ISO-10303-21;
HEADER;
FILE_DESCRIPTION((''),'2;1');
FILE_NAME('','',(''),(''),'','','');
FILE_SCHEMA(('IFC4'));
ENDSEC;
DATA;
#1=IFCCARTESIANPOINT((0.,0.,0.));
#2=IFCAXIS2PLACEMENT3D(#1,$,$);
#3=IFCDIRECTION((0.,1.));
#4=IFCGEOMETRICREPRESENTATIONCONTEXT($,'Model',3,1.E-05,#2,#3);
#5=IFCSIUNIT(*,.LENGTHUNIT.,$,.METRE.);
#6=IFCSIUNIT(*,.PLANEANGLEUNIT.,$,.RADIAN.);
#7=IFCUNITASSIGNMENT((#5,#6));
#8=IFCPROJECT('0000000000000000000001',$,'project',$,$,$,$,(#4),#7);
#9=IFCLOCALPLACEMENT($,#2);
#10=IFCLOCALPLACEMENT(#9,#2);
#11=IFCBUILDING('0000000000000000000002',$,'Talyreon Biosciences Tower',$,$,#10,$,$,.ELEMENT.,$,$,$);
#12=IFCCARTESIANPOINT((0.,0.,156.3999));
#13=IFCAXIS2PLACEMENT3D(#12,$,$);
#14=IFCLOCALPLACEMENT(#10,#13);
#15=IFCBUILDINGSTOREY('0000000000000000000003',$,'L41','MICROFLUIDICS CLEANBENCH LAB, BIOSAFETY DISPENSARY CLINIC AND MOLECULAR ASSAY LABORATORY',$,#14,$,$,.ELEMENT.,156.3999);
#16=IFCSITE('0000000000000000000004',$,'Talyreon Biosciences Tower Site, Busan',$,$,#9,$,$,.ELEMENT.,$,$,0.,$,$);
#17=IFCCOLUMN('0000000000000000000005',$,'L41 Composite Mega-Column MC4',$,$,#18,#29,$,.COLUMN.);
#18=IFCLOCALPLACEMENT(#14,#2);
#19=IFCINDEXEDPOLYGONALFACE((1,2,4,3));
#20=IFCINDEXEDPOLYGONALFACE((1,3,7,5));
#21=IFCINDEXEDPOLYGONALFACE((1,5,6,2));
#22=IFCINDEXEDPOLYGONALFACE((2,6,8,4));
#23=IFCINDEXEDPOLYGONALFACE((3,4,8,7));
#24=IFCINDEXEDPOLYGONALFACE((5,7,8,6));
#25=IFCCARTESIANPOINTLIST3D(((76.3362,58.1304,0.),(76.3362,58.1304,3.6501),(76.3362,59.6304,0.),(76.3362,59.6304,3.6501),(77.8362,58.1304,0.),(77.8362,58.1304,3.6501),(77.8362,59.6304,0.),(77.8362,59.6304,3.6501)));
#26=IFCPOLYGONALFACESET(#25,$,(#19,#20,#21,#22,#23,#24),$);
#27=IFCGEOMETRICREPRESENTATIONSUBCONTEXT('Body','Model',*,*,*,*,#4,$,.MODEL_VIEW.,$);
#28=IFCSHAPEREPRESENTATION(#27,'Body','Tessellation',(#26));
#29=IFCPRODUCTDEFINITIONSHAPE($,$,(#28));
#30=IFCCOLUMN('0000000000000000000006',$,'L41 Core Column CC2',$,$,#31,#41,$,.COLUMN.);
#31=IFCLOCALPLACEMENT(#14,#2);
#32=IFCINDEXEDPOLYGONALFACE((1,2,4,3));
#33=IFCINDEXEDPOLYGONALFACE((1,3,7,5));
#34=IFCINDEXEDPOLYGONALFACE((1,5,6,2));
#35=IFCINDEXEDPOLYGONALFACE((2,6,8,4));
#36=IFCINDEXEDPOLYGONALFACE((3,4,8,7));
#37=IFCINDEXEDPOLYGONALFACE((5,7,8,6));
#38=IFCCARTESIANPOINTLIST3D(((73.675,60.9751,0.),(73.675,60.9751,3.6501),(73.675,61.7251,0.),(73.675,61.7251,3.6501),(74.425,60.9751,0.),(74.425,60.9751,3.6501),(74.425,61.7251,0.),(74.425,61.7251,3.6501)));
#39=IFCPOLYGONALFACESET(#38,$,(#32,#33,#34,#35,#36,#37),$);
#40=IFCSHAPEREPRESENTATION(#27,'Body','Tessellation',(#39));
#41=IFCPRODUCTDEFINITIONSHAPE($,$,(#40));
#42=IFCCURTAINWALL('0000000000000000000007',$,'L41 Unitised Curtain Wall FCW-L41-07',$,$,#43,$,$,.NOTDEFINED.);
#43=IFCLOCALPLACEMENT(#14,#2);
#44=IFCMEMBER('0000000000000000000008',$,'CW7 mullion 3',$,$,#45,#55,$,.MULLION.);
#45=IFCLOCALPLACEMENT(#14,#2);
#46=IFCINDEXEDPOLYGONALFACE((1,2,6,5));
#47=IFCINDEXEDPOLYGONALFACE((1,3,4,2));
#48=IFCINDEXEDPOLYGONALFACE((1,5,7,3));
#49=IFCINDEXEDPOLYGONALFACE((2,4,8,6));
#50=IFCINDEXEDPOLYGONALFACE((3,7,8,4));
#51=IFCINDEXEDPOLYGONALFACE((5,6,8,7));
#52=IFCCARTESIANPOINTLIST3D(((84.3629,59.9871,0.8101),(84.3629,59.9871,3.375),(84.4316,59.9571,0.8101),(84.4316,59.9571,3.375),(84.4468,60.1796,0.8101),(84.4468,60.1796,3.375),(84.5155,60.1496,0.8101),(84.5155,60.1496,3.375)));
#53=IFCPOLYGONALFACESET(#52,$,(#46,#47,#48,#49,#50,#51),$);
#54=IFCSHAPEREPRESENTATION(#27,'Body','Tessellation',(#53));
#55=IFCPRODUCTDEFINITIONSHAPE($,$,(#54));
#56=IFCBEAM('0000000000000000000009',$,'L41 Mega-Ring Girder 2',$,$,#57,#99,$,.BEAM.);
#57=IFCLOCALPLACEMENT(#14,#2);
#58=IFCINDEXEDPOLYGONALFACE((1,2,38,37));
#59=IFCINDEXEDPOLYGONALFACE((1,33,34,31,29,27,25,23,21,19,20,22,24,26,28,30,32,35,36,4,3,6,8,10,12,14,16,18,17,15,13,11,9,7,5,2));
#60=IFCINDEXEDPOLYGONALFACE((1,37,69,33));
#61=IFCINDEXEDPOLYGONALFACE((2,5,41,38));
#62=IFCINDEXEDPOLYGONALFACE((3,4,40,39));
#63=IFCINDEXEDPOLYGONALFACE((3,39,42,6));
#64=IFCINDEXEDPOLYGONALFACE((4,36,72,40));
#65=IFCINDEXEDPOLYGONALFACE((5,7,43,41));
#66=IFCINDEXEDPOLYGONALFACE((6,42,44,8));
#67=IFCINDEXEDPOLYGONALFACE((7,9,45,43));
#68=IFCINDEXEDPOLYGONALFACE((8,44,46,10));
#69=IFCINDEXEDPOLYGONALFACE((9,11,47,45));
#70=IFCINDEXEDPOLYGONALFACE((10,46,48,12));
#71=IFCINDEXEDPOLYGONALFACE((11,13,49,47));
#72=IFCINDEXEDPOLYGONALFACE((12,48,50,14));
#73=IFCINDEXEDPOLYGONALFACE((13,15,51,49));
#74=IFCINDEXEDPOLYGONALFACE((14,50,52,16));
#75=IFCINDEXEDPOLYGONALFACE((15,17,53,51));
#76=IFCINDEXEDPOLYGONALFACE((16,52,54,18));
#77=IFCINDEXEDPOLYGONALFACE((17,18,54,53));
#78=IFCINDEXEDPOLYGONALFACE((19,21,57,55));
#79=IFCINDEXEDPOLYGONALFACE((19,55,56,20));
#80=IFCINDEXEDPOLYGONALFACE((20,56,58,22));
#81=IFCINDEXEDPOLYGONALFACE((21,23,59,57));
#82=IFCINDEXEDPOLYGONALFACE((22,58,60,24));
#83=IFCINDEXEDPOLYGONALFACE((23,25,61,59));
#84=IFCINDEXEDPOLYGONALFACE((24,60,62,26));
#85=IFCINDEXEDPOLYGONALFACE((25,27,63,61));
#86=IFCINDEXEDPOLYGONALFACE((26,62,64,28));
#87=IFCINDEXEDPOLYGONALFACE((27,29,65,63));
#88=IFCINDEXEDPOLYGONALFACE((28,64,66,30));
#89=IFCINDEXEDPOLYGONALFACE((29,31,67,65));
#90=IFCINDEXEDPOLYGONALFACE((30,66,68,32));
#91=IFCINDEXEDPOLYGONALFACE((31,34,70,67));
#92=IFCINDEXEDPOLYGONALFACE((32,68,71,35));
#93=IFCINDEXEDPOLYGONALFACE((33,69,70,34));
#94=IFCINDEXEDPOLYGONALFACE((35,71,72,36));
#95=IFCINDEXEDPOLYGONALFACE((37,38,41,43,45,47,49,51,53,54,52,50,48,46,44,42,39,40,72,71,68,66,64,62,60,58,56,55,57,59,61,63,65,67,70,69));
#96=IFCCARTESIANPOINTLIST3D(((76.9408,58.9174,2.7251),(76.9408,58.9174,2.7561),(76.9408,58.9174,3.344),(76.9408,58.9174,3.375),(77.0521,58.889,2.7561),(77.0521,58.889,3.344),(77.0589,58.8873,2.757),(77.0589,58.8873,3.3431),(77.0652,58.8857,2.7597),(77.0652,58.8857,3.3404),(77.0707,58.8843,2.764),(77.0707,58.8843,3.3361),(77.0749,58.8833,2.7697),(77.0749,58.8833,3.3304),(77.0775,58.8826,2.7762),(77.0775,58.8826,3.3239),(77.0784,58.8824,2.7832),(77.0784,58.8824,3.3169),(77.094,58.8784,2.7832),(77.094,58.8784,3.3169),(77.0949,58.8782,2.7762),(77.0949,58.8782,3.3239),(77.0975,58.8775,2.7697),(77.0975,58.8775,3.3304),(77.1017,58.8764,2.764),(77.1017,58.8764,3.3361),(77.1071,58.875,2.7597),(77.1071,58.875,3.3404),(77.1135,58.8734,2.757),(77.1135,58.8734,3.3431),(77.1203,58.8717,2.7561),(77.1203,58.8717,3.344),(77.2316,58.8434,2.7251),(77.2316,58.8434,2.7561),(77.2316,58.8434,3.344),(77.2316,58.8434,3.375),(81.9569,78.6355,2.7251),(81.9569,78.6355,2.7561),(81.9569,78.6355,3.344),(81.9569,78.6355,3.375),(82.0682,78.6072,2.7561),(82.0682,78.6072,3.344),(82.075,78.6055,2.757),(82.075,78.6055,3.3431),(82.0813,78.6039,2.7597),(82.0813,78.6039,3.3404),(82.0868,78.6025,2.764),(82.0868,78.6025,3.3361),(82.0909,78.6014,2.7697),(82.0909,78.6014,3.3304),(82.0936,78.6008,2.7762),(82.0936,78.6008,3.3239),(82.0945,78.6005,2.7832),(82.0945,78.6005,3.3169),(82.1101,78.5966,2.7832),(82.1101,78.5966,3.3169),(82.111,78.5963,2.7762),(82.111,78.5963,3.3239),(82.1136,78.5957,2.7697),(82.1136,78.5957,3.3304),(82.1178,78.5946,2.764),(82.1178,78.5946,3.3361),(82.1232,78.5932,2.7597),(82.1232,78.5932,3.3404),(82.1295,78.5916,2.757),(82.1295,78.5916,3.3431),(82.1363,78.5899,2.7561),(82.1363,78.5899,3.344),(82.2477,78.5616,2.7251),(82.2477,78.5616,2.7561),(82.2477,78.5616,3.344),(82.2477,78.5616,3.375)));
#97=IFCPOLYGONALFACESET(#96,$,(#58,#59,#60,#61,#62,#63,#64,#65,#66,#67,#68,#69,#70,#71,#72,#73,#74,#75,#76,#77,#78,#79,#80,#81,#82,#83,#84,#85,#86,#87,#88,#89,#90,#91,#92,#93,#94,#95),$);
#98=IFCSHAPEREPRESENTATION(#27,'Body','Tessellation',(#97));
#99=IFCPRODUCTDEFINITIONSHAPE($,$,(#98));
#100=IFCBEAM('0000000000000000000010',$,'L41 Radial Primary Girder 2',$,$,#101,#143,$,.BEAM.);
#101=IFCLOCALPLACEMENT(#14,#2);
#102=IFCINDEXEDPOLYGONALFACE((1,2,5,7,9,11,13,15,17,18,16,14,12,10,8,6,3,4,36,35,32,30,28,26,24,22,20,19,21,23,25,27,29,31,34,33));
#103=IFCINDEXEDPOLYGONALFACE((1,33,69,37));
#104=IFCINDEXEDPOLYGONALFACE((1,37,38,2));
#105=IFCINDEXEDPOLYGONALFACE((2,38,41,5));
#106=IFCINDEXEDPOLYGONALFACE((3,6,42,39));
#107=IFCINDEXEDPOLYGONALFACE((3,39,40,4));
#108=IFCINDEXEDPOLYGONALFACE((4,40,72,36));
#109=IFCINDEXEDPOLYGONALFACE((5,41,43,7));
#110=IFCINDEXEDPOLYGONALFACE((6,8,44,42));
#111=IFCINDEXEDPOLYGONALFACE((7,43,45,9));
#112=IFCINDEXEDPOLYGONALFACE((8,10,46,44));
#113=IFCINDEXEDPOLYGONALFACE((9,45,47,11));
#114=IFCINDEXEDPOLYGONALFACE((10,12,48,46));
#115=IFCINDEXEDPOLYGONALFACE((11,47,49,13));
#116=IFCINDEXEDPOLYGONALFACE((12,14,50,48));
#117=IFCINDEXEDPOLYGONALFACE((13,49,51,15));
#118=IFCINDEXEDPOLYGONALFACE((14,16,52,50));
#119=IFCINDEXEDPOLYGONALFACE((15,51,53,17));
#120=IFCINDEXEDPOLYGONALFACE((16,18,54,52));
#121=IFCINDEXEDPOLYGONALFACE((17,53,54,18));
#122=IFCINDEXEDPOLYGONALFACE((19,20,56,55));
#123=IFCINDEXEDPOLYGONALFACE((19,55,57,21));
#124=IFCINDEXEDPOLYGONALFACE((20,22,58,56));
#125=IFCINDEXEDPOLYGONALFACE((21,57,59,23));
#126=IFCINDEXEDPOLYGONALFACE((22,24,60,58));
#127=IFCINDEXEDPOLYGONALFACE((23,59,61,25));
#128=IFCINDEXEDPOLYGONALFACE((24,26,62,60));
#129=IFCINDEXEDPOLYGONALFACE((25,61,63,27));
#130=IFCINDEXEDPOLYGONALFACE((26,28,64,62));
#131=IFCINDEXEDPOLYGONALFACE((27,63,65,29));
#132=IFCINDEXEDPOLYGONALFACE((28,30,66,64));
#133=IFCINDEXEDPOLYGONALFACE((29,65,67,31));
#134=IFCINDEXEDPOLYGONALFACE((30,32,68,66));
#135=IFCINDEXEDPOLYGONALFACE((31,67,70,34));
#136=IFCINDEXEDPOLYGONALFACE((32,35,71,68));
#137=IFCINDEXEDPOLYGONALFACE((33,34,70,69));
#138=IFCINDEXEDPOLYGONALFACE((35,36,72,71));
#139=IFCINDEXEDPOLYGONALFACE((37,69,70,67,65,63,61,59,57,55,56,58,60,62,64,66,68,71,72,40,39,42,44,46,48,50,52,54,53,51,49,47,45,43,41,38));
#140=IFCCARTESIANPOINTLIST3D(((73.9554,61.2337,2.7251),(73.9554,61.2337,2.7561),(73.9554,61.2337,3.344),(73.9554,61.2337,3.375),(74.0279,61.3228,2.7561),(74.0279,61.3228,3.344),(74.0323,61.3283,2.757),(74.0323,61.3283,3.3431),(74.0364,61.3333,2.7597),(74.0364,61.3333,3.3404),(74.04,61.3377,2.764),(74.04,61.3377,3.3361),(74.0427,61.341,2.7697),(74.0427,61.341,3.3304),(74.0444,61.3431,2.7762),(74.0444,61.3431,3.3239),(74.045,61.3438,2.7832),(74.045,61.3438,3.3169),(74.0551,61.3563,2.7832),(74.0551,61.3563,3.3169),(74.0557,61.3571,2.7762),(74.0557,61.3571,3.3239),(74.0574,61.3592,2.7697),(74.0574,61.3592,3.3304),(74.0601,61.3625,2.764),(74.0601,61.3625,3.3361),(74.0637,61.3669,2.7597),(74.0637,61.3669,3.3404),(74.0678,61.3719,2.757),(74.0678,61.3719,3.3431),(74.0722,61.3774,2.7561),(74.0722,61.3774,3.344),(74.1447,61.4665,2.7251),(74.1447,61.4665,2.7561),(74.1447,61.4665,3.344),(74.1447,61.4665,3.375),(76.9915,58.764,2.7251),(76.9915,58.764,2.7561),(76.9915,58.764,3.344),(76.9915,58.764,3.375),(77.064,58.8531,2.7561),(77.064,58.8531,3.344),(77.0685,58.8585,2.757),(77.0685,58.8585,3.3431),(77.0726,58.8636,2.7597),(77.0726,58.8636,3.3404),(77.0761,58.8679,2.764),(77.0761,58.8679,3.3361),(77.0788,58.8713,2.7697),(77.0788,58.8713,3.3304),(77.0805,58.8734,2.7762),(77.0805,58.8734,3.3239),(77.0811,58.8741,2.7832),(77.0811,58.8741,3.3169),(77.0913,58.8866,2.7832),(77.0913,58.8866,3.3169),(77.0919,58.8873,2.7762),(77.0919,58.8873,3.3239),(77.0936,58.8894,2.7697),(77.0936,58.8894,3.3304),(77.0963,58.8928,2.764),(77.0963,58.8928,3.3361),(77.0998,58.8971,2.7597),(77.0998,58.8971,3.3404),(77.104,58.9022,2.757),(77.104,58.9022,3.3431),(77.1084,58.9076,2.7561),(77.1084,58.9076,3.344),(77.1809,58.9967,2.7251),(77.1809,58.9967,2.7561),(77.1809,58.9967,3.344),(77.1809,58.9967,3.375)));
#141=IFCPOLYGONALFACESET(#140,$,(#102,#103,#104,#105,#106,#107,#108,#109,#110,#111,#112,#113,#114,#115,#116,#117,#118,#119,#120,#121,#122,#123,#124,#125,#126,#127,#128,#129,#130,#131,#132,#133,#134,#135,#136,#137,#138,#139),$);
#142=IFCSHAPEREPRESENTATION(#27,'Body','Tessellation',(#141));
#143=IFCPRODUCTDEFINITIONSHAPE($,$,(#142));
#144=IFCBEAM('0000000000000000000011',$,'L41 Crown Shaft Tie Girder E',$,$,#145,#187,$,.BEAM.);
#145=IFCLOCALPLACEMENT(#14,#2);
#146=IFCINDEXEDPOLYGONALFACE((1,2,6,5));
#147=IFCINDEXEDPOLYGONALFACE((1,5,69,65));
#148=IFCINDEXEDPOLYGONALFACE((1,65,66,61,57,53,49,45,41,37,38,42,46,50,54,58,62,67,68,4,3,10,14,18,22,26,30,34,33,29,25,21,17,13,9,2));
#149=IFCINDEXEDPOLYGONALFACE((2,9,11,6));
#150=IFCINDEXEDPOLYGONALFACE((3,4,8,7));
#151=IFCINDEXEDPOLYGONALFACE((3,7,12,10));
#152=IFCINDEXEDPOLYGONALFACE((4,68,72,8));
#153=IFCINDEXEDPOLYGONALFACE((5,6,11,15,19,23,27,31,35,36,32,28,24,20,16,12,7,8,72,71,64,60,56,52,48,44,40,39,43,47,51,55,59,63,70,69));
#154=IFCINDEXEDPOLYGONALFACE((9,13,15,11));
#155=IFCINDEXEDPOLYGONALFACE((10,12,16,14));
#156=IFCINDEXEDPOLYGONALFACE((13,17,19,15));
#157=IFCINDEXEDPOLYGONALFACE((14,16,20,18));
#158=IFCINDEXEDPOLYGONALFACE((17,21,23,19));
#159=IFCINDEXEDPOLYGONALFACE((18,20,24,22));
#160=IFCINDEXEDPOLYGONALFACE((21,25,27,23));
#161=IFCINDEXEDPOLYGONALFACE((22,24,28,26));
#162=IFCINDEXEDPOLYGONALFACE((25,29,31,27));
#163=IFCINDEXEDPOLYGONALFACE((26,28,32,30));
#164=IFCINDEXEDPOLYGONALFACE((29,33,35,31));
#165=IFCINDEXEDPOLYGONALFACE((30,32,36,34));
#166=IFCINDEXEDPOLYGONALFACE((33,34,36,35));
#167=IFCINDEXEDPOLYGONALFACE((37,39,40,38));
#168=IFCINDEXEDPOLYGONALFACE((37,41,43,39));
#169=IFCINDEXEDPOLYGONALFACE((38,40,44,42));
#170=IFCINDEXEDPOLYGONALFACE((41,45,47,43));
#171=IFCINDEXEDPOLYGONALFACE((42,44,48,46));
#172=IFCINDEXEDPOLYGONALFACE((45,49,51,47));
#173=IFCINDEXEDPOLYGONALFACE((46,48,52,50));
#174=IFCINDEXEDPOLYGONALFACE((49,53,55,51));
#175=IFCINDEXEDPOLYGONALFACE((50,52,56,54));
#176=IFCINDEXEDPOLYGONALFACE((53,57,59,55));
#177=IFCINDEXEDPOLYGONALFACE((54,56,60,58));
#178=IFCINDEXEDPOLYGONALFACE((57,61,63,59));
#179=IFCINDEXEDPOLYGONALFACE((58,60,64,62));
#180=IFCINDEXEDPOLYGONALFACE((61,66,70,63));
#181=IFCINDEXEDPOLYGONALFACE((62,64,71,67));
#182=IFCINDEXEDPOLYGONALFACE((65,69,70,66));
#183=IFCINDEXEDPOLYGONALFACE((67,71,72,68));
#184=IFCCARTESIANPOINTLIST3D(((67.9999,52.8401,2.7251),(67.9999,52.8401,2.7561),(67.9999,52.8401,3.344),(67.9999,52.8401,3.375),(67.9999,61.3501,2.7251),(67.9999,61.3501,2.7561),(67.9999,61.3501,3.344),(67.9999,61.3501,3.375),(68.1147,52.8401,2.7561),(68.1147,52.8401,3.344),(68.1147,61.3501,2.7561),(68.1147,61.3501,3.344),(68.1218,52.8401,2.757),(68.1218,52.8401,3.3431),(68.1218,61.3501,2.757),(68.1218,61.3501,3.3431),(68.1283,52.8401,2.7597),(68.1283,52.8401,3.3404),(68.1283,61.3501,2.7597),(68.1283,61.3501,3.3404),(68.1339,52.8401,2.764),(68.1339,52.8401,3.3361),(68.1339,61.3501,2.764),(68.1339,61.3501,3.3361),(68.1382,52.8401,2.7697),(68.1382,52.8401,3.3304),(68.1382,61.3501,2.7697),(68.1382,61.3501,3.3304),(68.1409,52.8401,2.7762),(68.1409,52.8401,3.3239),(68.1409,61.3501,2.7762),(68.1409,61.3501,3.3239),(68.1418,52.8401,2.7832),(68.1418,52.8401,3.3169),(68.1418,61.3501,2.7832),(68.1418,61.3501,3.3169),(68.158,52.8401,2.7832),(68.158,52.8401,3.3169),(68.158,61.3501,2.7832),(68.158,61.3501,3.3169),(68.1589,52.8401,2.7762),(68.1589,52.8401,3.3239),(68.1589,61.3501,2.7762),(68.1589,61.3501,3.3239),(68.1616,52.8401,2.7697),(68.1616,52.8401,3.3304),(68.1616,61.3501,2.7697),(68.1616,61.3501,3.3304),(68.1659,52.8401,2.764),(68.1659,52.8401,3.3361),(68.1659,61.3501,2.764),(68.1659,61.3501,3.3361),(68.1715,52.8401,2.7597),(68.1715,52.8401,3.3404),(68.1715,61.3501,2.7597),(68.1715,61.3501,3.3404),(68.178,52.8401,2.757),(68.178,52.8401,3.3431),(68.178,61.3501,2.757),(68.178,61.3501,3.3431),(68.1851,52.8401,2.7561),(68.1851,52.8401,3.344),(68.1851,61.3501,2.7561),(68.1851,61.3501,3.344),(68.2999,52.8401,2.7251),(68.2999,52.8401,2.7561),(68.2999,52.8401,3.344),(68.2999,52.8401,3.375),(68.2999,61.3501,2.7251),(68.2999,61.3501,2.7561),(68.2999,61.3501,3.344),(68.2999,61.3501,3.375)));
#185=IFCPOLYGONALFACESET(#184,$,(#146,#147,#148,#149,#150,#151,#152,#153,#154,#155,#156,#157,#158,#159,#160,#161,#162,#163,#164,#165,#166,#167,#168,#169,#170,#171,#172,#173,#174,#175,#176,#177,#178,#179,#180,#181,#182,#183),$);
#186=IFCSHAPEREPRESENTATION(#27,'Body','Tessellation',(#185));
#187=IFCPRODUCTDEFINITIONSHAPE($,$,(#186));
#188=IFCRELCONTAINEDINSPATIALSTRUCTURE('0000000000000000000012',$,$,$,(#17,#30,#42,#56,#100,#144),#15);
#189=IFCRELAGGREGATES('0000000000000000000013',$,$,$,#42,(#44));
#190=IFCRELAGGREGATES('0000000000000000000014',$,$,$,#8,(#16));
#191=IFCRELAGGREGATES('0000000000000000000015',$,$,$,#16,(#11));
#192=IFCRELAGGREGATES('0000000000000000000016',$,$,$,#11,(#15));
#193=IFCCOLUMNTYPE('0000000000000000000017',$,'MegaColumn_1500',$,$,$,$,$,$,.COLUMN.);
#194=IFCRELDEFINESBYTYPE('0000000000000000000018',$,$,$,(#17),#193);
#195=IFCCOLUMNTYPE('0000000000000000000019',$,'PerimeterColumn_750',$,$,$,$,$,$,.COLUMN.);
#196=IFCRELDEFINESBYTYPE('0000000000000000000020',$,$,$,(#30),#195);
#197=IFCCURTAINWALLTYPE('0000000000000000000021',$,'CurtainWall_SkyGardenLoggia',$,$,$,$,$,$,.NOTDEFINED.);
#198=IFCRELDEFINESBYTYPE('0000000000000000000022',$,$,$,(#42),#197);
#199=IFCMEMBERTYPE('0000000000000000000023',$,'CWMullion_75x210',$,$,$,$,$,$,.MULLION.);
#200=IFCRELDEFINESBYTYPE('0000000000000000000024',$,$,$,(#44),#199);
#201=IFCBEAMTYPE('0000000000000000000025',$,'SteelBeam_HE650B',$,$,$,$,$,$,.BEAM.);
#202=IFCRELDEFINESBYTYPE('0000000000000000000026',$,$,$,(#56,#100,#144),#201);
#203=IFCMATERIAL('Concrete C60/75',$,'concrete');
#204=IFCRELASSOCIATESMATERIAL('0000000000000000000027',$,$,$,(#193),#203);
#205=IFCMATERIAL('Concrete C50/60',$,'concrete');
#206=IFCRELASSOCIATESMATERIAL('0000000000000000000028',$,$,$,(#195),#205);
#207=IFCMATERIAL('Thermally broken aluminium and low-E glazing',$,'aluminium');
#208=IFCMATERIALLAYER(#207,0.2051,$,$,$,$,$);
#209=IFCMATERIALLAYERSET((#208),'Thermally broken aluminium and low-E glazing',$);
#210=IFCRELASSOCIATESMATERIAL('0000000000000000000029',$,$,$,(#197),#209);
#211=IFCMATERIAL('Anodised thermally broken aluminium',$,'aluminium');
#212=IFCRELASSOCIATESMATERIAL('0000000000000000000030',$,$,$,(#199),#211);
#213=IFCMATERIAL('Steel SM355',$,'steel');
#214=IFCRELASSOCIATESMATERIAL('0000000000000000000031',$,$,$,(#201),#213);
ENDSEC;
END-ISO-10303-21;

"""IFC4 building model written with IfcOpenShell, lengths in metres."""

from ifc_helpers import new_model, si_unit, direction, frame, origin, origin_2d, place, context, subcontext, project, spatial, rectangle, i_section, extrude, material, layer, layer_set, material_profile, profile_set, type_object, element, aggregate, save


model = new_model("IFC4")

# Units and contexts
model_context = context("Model", 3, precision=1e-05, world=origin(), true_north=direction((0.0, 1.0)))
body_context = subcontext(model_context, "Body", "Model", "MODEL_VIEW")
ifc_project = project(units=[si_unit("LENGTHUNIT", "METRE"), si_unit("PLANEANGLEUNIT", "RADIAN")], contexts=[model_context])

# Site, building, storey
site_placement = place(None, origin())
site = spatial("IfcSite", under=ifc_project, at=site_placement, Name="Talyreon Biosciences Tower Site, Busan", CompositionType="ELEMENT", RefElevation=0.0)
building_placement = place(site_placement, origin())
building = spatial("IfcBuilding", under=site, at=building_placement, Name="Talyreon Biosciences Tower", CompositionType="ELEMENT")
storey_placement = place(building_placement, frame((0.0, 0.0, 156.3999)))
storey = spatial("IfcBuildingStorey", under=building, at=storey_placement, Name="L41", Description="MICROFLUIDICS CLEANBENCH LAB, BIOSAFETY DISPENSARY CLINIC AND MOLECULAR ASSAY LABORATORY", CompositionType="ELEMENT", Elevation=156.3999)

# Columns
ifc_material_1 = material(Name="Concrete C60/75", Category="concrete")
ifc_material_profile_1 = material_profile(ifc_material_1, rectangle(XDim=1.5, YDim=1.5, at=origin_2d()), Name="RC 1500x1500")
ifc_profile_set_1 = profile_set([ifc_material_profile_1], Name="Concrete C60/75")
column_type_1 = type_object("IfcColumnType", Name="MegaColumn_1500", PredefinedType="COLUMN", material=ifc_profile_set_1)
column_1_placement = place(storey_placement, frame((77.0862, 58.8804, 0.0), z_axis=(0.0, 0.0, 1.0), x_axis=(1.0, 0.0, 0.0)))
element("IfcColumn", 1, at=column_1_placement, inside=storey, type_object=column_type_1, Name="L41 Composite Mega-Column MC4", PredefinedType="COLUMN", context=body_context, shape_type="SweptSolid", body=[
    extrude(rectangle(XDim=1.5, YDim=1.5, at=origin_2d()), origin(), (0.0, 0.0, 1.0), 3.6501),
])
ifc_material_2 = material(Name="Concrete C50/60", Category="concrete")
ifc_material_profile_2 = material_profile(ifc_material_2, rectangle(XDim=0.75, YDim=0.75, at=origin_2d()), Name="RC 750x750")
ifc_profile_set_2 = profile_set([ifc_material_profile_2], Name="Concrete C50/60")
column_type_2 = type_object("IfcColumnType", Name="PerimeterColumn_750", PredefinedType="COLUMN", material=ifc_profile_set_2)
column_2_placement = place(storey_placement, frame((74.05, 61.3501, 0.0), z_axis=(0.0, 0.0, 1.0), x_axis=(1.0, 0.0, 0.0)))
element("IfcColumn", 2, at=column_2_placement, inside=storey, type_object=column_type_2, Name="L41 Core Column CC2", PredefinedType="COLUMN", context=body_context, shape_type="SweptSolid", body=[
    extrude(rectangle(XDim=0.75, YDim=0.75, at=origin_2d()), origin(), (0.0, 0.0, 1.0), 3.6501),
])

# Curtain wall, member
ifc_material_3 = material(Name="Thermally broken aluminium and low-E glazing", Category="aluminium")
ifc_layer_1 = layer(ifc_material_3, 0.2051)
ifc_layer_set_1 = layer_set([ifc_layer_1], Name="Thermally broken aluminium and low-E glazing")
curtain_wall_type = type_object("IfcCurtainWallType", Name="CurtainWall_SkyGardenLoggia", PredefinedType="NOTDEFINED", material=ifc_layer_set_1)
curtain_wall_placement = place(storey_placement, origin())
curtain_wall = element("IfcCurtainWall", 3, at=curtain_wall_placement, inside=storey, type_object=curtain_wall_type, Name="L41 Unitised Curtain Wall FCW-L41-07", PredefinedType="NOTDEFINED")
ifc_material_4 = material(Name="Anodised thermally broken aluminium", Category="aluminium")
ifc_material_profile_3 = material_profile(ifc_material_4, rectangle(XDim=0.075, YDim=0.21, at=origin_2d()), Name="ALUM MULLION 75x210")
ifc_profile_set_3 = profile_set([ifc_material_profile_3], Name="Anodised thermally broken aluminium")
member_type = type_object("IfcMemberType", Name="CWMullion_75x210", PredefinedType="MULLION", material=ifc_profile_set_3)
member_placement = place(storey_placement, frame((84.4392, 60.0684, 0.8101), z_axis=(0.0, 0.0, 1.0), x_axis=(0.916731, -0.399505, 0.0)))
member = element("IfcMember", 4, at=member_placement, type_object=member_type, Name="CW7 mullion 3", PredefinedType="MULLION", context=body_context, shape_type="SweptSolid", body=[
    extrude(rectangle(XDim=0.075, YDim=0.21, at=origin_2d()), origin(), (0.0, 0.0, 1.0), 2.5649),
])

# Beams
ifc_material_5 = material(Name="Steel SM355", Category="steel")
ifc_material_profile_4 = material_profile(ifc_material_5, i_section(OverallWidth=0.3, OverallDepth=0.6499, WebThickness=0.0161, FlangeThickness=0.031, FilletRadius=0.0271, at=origin_2d()), Name="HE650B")
ifc_profile_set_4 = profile_set([ifc_material_profile_4], Name="Steel SM355")
beam_type_1 = type_object("IfcBeamType", Name="SteelBeam_HE650B", PredefinedType="BEAM", material=ifc_profile_set_4)
beam_1_placement = place(storey_placement, frame((77.0862, 58.8804, 3.05), z_axis=(0.246537, 0.969133, 0.0), x_axis=(-0.969133, 0.246537, 0.0)))
element("IfcBeam", 5, at=beam_1_placement, inside=storey, type_object=beam_type_1, Name="L41 Mega-Ring Girder 2", PredefinedType="BEAM", context=body_context, shape_type="SweptSolid", body=[
    extrude(i_section(OverallWidth=0.3, OverallDepth=0.6499, WebThickness=0.0161, FlangeThickness=0.031, FilletRadius=0.0271, at=origin_2d()), origin(), (0.0, 0.0, 1.0), 20.3462),
])
beam_2_placement = place(storey_placement, frame((74.05, 61.3501, 3.05), z_axis=(0.775755, -0.631034, 0.0), x_axis=(0.631034, 0.775755, 0.0)))
element("IfcBeam", 6, at=beam_2_placement, inside=storey, type_object=beam_type_1, Name="L41 Radial Primary Girder 2", PredefinedType="BEAM", context=body_context, shape_type="SweptSolid", body=[
    extrude(i_section(OverallWidth=0.3, OverallDepth=0.6499, WebThickness=0.0161, FlangeThickness=0.031, FilletRadius=0.0271, at=origin_2d()), origin(), (0.0, 0.0, 1.0), 3.9138),
])
beam_3_placement = place(storey_placement, frame((68.1499, 52.8401, 3.05), z_axis=(0.0, 1.0, 0.0), x_axis=(-1.0, 0.0, 0.0)))
element("IfcBeam", 7, at=beam_3_placement, inside=storey, type_object=beam_type_1, Name="L41 Crown Shaft Tie Girder E", PredefinedType="BEAM", context=body_context, shape_type="SweptSolid", body=[
    extrude(i_section(OverallWidth=0.3, OverallDepth=0.6499, WebThickness=0.0161, FlangeThickness=0.031, FilletRadius=0.0271, at=origin_2d()), origin(), (0.0, 0.0, 1.0), 8.51),
])

aggregate(curtain_wall, [member])

save(model, "model.ifc")
